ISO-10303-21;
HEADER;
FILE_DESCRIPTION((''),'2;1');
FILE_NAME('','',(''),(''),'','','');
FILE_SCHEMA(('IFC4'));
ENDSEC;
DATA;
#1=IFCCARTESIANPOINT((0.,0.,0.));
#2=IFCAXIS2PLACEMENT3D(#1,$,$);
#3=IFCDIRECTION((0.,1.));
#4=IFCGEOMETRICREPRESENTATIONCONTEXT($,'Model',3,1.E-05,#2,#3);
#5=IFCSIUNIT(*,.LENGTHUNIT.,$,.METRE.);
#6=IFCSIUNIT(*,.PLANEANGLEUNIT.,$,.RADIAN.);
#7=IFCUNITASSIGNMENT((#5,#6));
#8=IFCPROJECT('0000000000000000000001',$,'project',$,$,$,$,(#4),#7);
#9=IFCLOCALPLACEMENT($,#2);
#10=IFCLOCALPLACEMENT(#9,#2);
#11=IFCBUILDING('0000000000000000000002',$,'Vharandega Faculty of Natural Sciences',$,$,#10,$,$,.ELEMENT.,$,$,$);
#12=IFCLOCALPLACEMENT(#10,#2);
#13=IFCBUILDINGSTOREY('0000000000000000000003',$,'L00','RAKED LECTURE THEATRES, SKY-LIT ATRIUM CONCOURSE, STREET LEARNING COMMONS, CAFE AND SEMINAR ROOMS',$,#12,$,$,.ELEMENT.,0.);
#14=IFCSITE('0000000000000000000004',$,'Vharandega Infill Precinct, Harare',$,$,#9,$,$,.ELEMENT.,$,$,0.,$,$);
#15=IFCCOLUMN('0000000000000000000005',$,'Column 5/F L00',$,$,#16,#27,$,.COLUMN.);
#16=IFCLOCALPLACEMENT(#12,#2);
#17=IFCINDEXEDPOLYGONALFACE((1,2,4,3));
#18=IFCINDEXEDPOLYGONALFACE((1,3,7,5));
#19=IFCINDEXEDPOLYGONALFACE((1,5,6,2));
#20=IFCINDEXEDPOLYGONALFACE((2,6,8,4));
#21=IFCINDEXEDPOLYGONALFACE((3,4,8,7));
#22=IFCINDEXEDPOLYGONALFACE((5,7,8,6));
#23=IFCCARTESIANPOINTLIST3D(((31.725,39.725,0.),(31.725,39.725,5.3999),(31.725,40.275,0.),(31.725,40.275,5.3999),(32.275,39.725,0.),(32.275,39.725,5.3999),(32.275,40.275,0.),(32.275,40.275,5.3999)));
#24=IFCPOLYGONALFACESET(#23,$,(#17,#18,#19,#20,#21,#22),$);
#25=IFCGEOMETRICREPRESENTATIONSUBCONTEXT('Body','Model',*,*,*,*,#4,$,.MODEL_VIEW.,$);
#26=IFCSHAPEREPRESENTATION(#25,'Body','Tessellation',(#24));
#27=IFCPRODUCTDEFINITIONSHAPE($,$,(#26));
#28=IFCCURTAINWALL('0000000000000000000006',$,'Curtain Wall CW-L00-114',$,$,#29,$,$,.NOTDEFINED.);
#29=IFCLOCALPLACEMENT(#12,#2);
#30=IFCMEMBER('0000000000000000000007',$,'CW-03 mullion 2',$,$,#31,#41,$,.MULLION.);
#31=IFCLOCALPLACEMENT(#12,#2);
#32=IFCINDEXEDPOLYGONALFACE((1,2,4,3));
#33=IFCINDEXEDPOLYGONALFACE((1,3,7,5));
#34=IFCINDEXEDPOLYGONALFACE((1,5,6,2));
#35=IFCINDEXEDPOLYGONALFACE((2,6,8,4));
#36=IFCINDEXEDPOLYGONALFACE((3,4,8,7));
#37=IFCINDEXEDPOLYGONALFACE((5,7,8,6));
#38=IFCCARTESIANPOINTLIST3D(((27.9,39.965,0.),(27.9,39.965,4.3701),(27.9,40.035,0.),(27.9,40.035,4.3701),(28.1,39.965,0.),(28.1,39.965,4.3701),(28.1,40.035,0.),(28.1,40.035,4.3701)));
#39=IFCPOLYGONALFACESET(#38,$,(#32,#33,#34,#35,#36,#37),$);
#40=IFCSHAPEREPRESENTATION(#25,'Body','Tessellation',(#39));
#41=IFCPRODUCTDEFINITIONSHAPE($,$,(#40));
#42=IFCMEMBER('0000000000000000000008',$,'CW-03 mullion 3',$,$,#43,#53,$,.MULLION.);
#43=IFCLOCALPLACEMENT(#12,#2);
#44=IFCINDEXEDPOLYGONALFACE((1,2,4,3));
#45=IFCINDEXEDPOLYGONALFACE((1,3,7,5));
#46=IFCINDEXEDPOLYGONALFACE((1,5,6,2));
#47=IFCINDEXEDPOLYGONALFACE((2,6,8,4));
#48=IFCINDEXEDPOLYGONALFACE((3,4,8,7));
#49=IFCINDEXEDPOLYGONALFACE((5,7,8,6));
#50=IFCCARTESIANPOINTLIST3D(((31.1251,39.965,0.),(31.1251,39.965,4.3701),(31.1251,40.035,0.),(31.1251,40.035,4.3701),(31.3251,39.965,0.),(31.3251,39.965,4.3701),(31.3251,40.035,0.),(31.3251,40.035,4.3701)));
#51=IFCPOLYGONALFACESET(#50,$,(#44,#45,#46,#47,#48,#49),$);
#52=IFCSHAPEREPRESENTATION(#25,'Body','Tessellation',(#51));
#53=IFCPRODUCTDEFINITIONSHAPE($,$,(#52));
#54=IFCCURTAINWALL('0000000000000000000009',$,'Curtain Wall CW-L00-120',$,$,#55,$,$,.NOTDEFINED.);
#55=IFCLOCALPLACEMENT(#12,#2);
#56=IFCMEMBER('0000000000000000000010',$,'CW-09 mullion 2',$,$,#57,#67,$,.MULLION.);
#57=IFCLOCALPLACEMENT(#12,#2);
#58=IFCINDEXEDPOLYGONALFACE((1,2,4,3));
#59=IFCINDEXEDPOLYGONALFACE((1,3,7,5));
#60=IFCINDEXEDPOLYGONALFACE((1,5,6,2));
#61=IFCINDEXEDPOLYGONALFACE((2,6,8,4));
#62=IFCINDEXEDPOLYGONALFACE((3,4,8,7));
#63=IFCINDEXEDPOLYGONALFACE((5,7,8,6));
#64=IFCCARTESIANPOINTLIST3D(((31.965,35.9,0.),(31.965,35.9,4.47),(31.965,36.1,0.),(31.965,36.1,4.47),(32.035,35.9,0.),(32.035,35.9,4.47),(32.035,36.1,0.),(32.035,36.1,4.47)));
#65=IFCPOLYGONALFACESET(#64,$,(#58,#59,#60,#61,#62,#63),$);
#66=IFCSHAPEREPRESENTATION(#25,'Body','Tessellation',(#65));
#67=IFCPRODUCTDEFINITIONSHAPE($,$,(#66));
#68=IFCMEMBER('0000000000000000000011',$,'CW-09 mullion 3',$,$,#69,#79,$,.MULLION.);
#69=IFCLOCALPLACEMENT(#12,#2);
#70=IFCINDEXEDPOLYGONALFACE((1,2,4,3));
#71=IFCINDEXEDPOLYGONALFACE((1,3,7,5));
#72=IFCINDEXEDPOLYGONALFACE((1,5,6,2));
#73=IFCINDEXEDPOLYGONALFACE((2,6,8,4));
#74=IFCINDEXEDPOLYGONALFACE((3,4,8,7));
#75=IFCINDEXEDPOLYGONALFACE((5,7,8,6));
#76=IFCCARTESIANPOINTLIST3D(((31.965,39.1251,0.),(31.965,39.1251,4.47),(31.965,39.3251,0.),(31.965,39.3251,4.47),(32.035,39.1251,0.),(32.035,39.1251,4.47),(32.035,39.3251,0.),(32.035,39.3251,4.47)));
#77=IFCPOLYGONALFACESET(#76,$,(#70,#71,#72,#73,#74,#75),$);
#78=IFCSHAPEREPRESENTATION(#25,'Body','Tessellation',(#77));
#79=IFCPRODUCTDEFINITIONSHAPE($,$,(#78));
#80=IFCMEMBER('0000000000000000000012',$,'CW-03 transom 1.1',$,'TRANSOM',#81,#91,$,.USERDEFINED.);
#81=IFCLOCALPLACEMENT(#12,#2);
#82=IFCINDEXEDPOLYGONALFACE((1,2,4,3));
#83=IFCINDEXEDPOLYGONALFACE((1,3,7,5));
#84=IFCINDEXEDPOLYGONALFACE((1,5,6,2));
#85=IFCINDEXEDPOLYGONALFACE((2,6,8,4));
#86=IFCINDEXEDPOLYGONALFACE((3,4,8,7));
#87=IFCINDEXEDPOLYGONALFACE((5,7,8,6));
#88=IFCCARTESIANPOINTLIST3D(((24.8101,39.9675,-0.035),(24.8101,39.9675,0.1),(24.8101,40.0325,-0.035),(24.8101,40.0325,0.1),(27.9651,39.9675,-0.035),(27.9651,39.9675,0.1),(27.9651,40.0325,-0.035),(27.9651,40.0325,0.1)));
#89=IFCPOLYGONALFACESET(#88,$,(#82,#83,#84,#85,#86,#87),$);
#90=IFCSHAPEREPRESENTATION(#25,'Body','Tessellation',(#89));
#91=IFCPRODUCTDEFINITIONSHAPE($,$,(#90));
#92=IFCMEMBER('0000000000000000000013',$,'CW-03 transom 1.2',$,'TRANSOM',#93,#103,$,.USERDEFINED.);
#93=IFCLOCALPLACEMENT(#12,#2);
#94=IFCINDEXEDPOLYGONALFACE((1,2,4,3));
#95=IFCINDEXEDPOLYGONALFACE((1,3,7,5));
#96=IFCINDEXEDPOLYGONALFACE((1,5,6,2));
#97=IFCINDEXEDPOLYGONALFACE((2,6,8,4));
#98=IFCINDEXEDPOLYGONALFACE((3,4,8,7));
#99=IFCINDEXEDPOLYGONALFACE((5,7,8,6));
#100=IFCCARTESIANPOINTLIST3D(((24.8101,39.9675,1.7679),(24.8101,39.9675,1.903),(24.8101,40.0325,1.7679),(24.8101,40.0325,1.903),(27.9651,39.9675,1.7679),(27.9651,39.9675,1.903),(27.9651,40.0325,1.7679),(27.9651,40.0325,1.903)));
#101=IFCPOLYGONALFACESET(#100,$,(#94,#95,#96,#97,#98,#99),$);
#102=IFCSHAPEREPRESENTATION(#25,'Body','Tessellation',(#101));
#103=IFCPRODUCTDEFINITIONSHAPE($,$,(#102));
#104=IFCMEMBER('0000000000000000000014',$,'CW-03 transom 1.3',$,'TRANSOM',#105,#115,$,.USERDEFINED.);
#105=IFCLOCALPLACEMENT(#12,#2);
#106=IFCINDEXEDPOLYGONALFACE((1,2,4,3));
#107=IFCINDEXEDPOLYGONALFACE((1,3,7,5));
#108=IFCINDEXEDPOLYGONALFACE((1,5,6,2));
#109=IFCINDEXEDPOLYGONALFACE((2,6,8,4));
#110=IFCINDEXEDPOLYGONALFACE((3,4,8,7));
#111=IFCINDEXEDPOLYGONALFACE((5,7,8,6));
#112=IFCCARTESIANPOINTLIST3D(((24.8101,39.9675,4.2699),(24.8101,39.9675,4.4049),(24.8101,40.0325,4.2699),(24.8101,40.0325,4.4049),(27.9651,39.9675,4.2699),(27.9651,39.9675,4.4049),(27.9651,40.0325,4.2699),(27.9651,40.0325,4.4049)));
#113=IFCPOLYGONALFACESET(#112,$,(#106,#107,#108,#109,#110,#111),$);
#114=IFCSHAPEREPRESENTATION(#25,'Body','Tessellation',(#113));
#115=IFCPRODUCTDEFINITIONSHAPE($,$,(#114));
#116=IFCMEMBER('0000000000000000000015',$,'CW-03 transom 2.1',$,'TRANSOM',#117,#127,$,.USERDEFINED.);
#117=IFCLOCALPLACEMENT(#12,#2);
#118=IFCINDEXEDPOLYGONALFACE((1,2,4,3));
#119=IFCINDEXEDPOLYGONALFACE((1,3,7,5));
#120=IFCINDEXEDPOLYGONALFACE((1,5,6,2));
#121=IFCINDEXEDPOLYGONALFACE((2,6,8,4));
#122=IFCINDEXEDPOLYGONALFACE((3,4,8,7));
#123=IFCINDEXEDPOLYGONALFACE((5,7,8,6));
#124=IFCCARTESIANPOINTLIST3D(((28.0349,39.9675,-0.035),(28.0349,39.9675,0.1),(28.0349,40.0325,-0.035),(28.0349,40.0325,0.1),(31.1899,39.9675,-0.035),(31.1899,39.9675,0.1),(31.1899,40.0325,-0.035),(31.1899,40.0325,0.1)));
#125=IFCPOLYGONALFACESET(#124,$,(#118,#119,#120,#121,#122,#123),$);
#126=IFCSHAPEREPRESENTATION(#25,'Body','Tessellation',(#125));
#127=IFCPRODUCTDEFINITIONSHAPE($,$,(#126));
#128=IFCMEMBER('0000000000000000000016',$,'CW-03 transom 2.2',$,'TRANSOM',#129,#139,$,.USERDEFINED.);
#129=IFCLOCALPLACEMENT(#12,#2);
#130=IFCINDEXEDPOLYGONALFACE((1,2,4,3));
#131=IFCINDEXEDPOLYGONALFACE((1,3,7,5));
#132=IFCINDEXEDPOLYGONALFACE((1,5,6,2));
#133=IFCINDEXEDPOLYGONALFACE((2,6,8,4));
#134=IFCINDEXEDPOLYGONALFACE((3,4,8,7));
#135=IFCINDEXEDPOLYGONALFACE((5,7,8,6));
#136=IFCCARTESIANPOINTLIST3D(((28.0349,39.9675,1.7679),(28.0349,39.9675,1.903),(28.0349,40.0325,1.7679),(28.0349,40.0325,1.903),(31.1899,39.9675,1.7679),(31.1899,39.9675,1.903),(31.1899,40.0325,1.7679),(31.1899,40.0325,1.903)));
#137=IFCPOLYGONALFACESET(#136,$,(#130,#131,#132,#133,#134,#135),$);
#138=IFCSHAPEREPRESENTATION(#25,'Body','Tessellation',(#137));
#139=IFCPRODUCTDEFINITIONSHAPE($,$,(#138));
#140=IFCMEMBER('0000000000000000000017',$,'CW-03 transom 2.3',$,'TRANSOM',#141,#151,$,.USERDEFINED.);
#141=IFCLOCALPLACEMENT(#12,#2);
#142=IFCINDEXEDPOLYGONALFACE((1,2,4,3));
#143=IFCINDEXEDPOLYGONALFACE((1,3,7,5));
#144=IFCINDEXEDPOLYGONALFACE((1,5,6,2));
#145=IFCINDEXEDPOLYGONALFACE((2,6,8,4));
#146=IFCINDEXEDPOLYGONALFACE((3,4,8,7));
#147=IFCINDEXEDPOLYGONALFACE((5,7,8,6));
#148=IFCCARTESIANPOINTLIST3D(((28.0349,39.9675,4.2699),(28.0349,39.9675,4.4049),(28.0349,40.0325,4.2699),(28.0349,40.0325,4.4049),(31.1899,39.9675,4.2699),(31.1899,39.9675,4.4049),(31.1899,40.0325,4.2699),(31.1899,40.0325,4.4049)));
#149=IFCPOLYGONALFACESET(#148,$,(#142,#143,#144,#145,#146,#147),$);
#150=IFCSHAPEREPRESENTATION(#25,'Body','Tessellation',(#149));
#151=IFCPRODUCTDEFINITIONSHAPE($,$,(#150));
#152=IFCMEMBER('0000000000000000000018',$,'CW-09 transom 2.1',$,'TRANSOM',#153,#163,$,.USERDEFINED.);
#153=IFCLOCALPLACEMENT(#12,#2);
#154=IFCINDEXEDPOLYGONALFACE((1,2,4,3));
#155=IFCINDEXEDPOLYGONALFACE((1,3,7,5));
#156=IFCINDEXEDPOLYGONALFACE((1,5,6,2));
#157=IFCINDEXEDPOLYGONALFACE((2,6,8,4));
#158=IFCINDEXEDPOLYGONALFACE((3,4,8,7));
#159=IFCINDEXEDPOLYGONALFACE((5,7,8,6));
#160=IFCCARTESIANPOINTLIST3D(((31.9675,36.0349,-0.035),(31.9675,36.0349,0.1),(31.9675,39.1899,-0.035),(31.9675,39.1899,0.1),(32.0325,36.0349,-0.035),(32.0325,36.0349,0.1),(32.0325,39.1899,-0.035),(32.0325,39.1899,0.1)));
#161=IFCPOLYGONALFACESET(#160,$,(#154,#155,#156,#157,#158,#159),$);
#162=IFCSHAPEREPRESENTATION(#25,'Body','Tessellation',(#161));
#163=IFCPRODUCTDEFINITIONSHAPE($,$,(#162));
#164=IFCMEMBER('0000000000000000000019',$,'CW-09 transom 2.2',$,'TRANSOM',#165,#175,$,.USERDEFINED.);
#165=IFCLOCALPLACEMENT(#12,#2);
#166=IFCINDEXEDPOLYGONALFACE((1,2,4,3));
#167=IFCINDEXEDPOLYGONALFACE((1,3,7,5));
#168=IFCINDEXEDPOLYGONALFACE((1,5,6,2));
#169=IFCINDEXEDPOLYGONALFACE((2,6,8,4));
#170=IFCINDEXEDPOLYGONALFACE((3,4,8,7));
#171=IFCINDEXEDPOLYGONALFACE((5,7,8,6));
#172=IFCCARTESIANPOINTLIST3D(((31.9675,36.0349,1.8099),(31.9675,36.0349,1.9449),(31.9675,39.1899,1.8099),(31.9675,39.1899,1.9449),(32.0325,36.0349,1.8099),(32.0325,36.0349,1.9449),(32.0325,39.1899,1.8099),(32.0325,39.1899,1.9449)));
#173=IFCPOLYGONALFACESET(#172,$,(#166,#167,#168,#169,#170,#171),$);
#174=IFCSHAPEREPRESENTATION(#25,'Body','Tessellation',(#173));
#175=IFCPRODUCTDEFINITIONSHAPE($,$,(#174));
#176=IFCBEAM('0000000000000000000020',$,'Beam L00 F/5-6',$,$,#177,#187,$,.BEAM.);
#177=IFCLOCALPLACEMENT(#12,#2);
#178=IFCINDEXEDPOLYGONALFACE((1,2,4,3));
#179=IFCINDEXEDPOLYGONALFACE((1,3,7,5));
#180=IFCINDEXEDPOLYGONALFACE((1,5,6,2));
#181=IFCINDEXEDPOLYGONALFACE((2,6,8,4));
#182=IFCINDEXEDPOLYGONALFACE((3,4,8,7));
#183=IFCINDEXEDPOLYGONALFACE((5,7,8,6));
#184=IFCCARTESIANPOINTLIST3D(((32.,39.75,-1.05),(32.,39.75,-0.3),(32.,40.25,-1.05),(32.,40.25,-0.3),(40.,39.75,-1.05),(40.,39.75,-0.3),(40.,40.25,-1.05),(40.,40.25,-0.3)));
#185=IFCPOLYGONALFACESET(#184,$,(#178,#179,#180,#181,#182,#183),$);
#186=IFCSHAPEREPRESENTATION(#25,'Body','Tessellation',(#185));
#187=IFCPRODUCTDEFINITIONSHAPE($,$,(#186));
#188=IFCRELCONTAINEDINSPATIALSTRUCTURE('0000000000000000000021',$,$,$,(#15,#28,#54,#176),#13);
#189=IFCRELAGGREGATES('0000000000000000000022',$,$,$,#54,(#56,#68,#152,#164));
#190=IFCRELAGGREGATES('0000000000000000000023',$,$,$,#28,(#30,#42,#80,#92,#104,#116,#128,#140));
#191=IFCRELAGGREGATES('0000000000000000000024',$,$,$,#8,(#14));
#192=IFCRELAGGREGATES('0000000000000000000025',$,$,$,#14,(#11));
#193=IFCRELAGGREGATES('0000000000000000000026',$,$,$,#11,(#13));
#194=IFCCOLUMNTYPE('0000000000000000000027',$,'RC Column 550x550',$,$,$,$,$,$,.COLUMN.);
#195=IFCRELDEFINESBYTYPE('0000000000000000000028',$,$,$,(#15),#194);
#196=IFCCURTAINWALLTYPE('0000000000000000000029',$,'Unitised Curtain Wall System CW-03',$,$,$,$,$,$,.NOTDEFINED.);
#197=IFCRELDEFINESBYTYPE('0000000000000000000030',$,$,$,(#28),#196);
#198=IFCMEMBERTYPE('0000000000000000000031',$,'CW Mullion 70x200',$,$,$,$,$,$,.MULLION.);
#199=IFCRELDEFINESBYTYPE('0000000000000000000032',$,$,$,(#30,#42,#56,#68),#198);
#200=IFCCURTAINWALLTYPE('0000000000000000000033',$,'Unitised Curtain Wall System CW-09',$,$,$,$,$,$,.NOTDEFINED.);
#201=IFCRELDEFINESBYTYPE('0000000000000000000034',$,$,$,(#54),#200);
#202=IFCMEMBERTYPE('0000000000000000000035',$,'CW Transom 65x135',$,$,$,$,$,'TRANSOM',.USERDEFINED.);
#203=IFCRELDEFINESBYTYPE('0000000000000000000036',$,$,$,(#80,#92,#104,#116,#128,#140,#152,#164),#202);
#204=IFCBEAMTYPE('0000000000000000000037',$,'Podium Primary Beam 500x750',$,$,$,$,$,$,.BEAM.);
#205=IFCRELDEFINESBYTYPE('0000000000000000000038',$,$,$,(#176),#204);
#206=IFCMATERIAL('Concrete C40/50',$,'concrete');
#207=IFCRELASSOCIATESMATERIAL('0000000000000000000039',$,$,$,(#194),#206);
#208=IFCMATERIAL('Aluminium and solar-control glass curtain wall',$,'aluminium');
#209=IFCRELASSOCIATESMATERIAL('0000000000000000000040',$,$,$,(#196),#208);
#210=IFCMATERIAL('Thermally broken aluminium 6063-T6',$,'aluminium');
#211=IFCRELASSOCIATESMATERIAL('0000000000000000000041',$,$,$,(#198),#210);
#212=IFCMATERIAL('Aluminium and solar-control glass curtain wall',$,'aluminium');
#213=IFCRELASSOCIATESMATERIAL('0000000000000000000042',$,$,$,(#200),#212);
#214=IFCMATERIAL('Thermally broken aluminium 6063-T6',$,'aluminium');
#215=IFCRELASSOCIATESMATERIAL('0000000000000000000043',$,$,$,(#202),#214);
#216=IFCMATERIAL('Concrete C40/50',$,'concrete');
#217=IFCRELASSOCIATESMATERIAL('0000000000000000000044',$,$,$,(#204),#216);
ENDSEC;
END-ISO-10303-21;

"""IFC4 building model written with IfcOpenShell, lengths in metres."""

from ifc_helpers import new_model, si_unit, direction, frame, origin, origin_2d, place, context, subcontext, project, spatial, rectangle, extrude, material, material_profile, profile_set, type_object, element, aggregate, save


model = new_model("IFC4")

# Units and contexts
model_context = context("Model", 3, precision=1e-05, world=origin(), true_north=direction((0.0, 1.0)))
body_context = subcontext(model_context, "Body", "Model", "MODEL_VIEW")
ifc_project = project(units=[si_unit("LENGTHUNIT", "METRE"), si_unit("PLANEANGLEUNIT", "RADIAN")], contexts=[model_context])

# Site, building, storey
site_placement = place(None, origin())
site = spatial("IfcSite", under=ifc_project, at=site_placement, Name="Vharandega Infill Precinct, Harare", CompositionType="ELEMENT", RefElevation=0.0)
building_placement = place(site_placement, origin())
building = spatial("IfcBuilding", under=site, at=building_placement, Name="Vharandega Faculty of Natural Sciences", CompositionType="ELEMENT")
storey_placement = place(building_placement, origin())
storey = spatial("IfcBuildingStorey", under=building, at=storey_placement, Name="L00", Description="RAKED LECTURE THEATRES, SKY-LIT ATRIUM CONCOURSE, STREET LEARNING COMMONS, CAFE AND SEMINAR ROOMS", CompositionType="ELEMENT", Elevation=0.0)

# Column
ifc_material_1 = material(Name="Concrete C40/50", Category="concrete")
ifc_material_profile_1 = material_profile(ifc_material_1, rectangle(XDim=0.55, YDim=0.55, at=origin_2d()), Name="RC 550x550")
ifc_profile_set_1 = profile_set([ifc_material_profile_1], Name="Concrete C40/50")
column_type = type_object("IfcColumnType", Name="RC Column 550x550", PredefinedType="COLUMN", material=ifc_profile_set_1)
column_placement = place(storey_placement, frame((32.0, 40.0, 0.0), z_axis=(0.0, 0.0, 1.0), x_axis=(1.0, 0.0, 0.0)))
element("IfcColumn", 1, at=column_placement, inside=storey, type_object=column_type, Name="Column 5/F L00", PredefinedType="COLUMN", context=body_context, shape_type="SweptSolid", body=[
    extrude(rectangle(XDim=0.55, YDim=0.55, at=origin_2d()), origin(), (0.0, 0.0, 1.0), 5.3999),
])

# Curtain walls, members
ifc_material_2 = material(Name="Aluminium and solar-control glass curtain wall", Category="aluminium")
curtain_wall_type_1 = type_object("IfcCurtainWallType", Name="Unitised Curtain Wall System CW-03", PredefinedType="NOTDEFINED", material=ifc_material_2)
curtain_wall_1_placement = place(storey_placement, origin())
curtain_wall_1 = element("IfcCurtainWall", 2, at=curtain_wall_1_placement, inside=storey, type_object=curtain_wall_type_1, Name="Curtain Wall CW-L00-114", PredefinedType="NOTDEFINED")
ifc_material_3 = material(Name="Thermally broken aluminium 6063-T6", Category="aluminium")
ifc_material_profile_2 = material_profile(ifc_material_3, rectangle(XDim=0.0701, YDim=0.2, at=origin_2d()), Name="ALU 70x200")
ifc_profile_set_2 = profile_set([ifc_material_profile_2], Name="Thermally broken aluminium 6063-T6")
member_type_1 = type_object("IfcMemberType", Name="CW Mullion 70x200", PredefinedType="MULLION", material=ifc_profile_set_2)
member_1_placement = place(storey_placement, frame((28.0, 40.0, 0.0), z_axis=(0.0, 0.0, 1.0), x_axis=(0.0, 1.0, 0.0)))
member_1 = element("IfcMember", 3, at=member_1_placement, type_object=member_type_1, Name="CW-03 mullion 2", PredefinedType="MULLION", context=body_context, shape_type="SweptSolid", body=[
    extrude(rectangle(XDim=0.0701, YDim=0.2, at=origin_2d()), origin(), (0.0, 0.0, 1.0), 4.3701),
])
member_2_placement = place(storey_placement, frame((31.2251, 40.0, 0.0), z_axis=(0.0, 0.0, 1.0), x_axis=(0.0, 1.0, 0.0)))
member_2 = element("IfcMember", 4, at=member_2_placement, type_object=member_type_1, Name="CW-03 mullion 3", PredefinedType="MULLION", context=body_context, shape_type="SweptSolid", body=[
    extrude(rectangle(XDim=0.0701, YDim=0.2, at=origin_2d()), origin(), (0.0, 0.0, 1.0), 4.3701),
])
ifc_material_4 = material(Name="Aluminium and solar-control glass curtain wall", Category="aluminium")
curtain_wall_type_2 = type_object("IfcCurtainWallType", Name="Unitised Curtain Wall System CW-09", PredefinedType="NOTDEFINED", material=ifc_material_4)
curtain_wall_2_placement = place(storey_placement, origin())
curtain_wall_2 = element("IfcCurtainWall", 5, at=curtain_wall_2_placement, inside=storey, type_object=curtain_wall_type_2, Name="Curtain Wall CW-L00-120", PredefinedType="NOTDEFINED")
member_3_placement = place(storey_placement, frame((32.0, 36.0, 0.0), z_axis=(0.0, 0.0, 1.0), x_axis=(-1.0, 0.0, 0.0)))
member_3 = element("IfcMember", 6, at=member_3_placement, type_object=member_type_1, Name="CW-09 mullion 2", PredefinedType="MULLION", context=body_context, shape_type="SweptSolid", body=[
    extrude(rectangle(XDim=0.0701, YDim=0.2, at=origin_2d()), origin(), (0.0, 0.0, 1.0), 4.47),
])
member_4_placement = place(storey_placement, frame((32.0, 39.2251, 0.0), z_axis=(0.0, 0.0, 1.0), x_axis=(-1.0, 0.0, 0.0)))
member_4 = element("IfcMember", 7, at=member_4_placement, type_object=member_type_1, Name="CW-09 mullion 3", PredefinedType="MULLION", context=body_context, shape_type="SweptSolid", body=[
    extrude(rectangle(XDim=0.0701, YDim=0.2, at=origin_2d()), origin(), (0.0, 0.0, 1.0), 4.47),
])

# Members
ifc_material_5 = material(Name="Thermally broken aluminium 6063-T6", Category="aluminium")
ifc_material_profile_3 = material_profile(ifc_material_5, rectangle(XDim=0.0649, YDim=0.135, at=origin_2d()), Name="ALU 65x135")
ifc_profile_set_3 = profile_set([ifc_material_profile_3], Name="Thermally broken aluminium 6063-T6")
member_type_2 = type_object("IfcMemberType", Name="CW Transom 65x135", ElementType="TRANSOM", PredefinedType="USERDEFINED", material=ifc_profile_set_3)
member_5_placement = place(storey_placement, frame((24.8101, 40.0, 0.0325), z_axis=(1.0, 0.0, 0.0), x_axis=(0.0, 1.0, 0.0)))
member_5 = element("IfcMember", 8, at=member_5_placement, type_object=member_type_2, Name="CW-03 transom 1.1", ObjectType="TRANSOM", PredefinedType="USERDEFINED", context=body_context, shape_type="SweptSolid", body=[
    extrude(rectangle(XDim=0.0649, YDim=0.135, at=origin_2d()), origin(), (0.0, 0.0, 1.0), 3.155),
])
member_6_placement = place(storey_placement, frame((24.8101, 40.0, 1.8354), z_axis=(1.0, 0.0, 0.0), x_axis=(0.0, 1.0, 0.0)))
member_6 = element("IfcMember", 9, at=member_6_placement, type_object=member_type_2, Name="CW-03 transom 1.2", ObjectType="TRANSOM", PredefinedType="USERDEFINED", context=body_context, shape_type="SweptSolid", body=[
    extrude(rectangle(XDim=0.0649, YDim=0.135, at=origin_2d()), origin(), (0.0, 0.0, 1.0), 3.155),
])
member_7_placement = place(storey_placement, frame((24.8101, 40.0, 4.3374), z_axis=(1.0, 0.0, 0.0), x_axis=(0.0, 1.0, 0.0)))
member_7 = element("IfcMember", 10, at=member_7_placement, type_object=member_type_2, Name="CW-03 transom 1.3", ObjectType="TRANSOM", PredefinedType="USERDEFINED", context=body_context, shape_type="SweptSolid", body=[
    extrude(rectangle(XDim=0.0649, YDim=0.135, at=origin_2d()), origin(), (0.0, 0.0, 1.0), 3.155),
])
member_8_placement = place(storey_placement, frame((28.0349, 40.0, 0.0325), z_axis=(1.0, 0.0, 0.0), x_axis=(0.0, 1.0, 0.0)))
member_8 = element("IfcMember", 11, at=member_8_placement, type_object=member_type_2, Name="CW-03 transom 2.1", ObjectType="TRANSOM", PredefinedType="USERDEFINED", context=body_context, shape_type="SweptSolid", body=[
    extrude(rectangle(XDim=0.0649, YDim=0.135, at=origin_2d()), origin(), (0.0, 0.0, 1.0), 3.155),
])
member_9_placement = place(storey_placement, frame((28.0349, 40.0, 1.8354), z_axis=(1.0, 0.0, 0.0), x_axis=(0.0, 1.0, 0.0)))
member_9 = element("IfcMember", 12, at=member_9_placement, type_object=member_type_2, Name="CW-03 transom 2.2", ObjectType="TRANSOM", PredefinedType="USERDEFINED", context=body_context, shape_type="SweptSolid", body=[
    extrude(rectangle(XDim=0.0649, YDim=0.135, at=origin_2d()), origin(), (0.0, 0.0, 1.0), 3.155),
])
member_10_placement = place(storey_placement, frame((28.0349, 40.0, 4.3374), z_axis=(1.0, 0.0, 0.0), x_axis=(0.0, 1.0, 0.0)))
member_10 = element("IfcMember", 13, at=member_10_placement, type_object=member_type_2, Name="CW-03 transom 2.3", ObjectType="TRANSOM", PredefinedType="USERDEFINED", context=body_context, shape_type="SweptSolid", body=[
    extrude(rectangle(XDim=0.0649, YDim=0.135, at=origin_2d()), origin(), (0.0, 0.0, 1.0), 3.155),
])
member_11_placement = place(storey_placement, frame((32.0, 36.0349, 0.0325), z_axis=(0.0, 1.0, 0.0), x_axis=(-1.0, 0.0, 0.0)))
member_11 = element("IfcMember", 14, at=member_11_placement, type_object=member_type_2, Name="CW-09 transom 2.1", ObjectType="TRANSOM", PredefinedType="USERDEFINED", context=body_context, shape_type="SweptSolid", body=[
    extrude(rectangle(XDim=0.0649, YDim=0.135, at=origin_2d()), origin(), (0.0, 0.0, 1.0), 3.155),
])
member_12_placement = place(storey_placement, frame((32.0, 36.0349, 1.8774), z_axis=(0.0, 1.0, 0.0), x_axis=(-1.0, 0.0, 0.0)))
member_12 = element("IfcMember", 15, at=member_12_placement, type_object=member_type_2, Name="CW-09 transom 2.2", ObjectType="TRANSOM", PredefinedType="USERDEFINED", context=body_context, shape_type="SweptSolid", body=[
    extrude(rectangle(XDim=0.0649, YDim=0.135, at=origin_2d()), origin(), (0.0, 0.0, 1.0), 3.155),
])
aggregate(curtain_wall_2, [member_3, member_4, member_11, member_12])

# Beam
ifc_material_6 = material(Name="Concrete C40/50", Category="concrete")
ifc_material_profile_4 = material_profile(ifc_material_6, rectangle(XDim=0.5, YDim=0.75, at=origin_2d()), Name="RC 500x750")
ifc_profile_set_4 = profile_set([ifc_material_profile_4], Name="Concrete C40/50")
beam_type_1 = type_object("IfcBeamType", Name="Podium Primary Beam 500x750", PredefinedType="BEAM", material=ifc_profile_set_4)
beam_1_placement = place(storey_placement, frame((32.0, 40.0, -0.675), z_axis=(1.0, 0.0, 0.0), x_axis=(0.0, 1.0, 0.0)))
element("IfcBeam", 16, at=beam_1_placement, inside=storey, type_object=beam_type_1, Name="Beam L00 F/5-6", PredefinedType="BEAM", context=body_context, shape_type="SweptSolid", body=[
    extrude(rectangle(XDim=0.5, YDim=0.75, at=origin_2d()), origin(), (0.0, 0.0, 1.0), 8.0),
])

aggregate(curtain_wall_1, [member_1, member_2, member_5, member_6, member_7, member_8, member_9, member_10])

save(model, "model.ifc")
